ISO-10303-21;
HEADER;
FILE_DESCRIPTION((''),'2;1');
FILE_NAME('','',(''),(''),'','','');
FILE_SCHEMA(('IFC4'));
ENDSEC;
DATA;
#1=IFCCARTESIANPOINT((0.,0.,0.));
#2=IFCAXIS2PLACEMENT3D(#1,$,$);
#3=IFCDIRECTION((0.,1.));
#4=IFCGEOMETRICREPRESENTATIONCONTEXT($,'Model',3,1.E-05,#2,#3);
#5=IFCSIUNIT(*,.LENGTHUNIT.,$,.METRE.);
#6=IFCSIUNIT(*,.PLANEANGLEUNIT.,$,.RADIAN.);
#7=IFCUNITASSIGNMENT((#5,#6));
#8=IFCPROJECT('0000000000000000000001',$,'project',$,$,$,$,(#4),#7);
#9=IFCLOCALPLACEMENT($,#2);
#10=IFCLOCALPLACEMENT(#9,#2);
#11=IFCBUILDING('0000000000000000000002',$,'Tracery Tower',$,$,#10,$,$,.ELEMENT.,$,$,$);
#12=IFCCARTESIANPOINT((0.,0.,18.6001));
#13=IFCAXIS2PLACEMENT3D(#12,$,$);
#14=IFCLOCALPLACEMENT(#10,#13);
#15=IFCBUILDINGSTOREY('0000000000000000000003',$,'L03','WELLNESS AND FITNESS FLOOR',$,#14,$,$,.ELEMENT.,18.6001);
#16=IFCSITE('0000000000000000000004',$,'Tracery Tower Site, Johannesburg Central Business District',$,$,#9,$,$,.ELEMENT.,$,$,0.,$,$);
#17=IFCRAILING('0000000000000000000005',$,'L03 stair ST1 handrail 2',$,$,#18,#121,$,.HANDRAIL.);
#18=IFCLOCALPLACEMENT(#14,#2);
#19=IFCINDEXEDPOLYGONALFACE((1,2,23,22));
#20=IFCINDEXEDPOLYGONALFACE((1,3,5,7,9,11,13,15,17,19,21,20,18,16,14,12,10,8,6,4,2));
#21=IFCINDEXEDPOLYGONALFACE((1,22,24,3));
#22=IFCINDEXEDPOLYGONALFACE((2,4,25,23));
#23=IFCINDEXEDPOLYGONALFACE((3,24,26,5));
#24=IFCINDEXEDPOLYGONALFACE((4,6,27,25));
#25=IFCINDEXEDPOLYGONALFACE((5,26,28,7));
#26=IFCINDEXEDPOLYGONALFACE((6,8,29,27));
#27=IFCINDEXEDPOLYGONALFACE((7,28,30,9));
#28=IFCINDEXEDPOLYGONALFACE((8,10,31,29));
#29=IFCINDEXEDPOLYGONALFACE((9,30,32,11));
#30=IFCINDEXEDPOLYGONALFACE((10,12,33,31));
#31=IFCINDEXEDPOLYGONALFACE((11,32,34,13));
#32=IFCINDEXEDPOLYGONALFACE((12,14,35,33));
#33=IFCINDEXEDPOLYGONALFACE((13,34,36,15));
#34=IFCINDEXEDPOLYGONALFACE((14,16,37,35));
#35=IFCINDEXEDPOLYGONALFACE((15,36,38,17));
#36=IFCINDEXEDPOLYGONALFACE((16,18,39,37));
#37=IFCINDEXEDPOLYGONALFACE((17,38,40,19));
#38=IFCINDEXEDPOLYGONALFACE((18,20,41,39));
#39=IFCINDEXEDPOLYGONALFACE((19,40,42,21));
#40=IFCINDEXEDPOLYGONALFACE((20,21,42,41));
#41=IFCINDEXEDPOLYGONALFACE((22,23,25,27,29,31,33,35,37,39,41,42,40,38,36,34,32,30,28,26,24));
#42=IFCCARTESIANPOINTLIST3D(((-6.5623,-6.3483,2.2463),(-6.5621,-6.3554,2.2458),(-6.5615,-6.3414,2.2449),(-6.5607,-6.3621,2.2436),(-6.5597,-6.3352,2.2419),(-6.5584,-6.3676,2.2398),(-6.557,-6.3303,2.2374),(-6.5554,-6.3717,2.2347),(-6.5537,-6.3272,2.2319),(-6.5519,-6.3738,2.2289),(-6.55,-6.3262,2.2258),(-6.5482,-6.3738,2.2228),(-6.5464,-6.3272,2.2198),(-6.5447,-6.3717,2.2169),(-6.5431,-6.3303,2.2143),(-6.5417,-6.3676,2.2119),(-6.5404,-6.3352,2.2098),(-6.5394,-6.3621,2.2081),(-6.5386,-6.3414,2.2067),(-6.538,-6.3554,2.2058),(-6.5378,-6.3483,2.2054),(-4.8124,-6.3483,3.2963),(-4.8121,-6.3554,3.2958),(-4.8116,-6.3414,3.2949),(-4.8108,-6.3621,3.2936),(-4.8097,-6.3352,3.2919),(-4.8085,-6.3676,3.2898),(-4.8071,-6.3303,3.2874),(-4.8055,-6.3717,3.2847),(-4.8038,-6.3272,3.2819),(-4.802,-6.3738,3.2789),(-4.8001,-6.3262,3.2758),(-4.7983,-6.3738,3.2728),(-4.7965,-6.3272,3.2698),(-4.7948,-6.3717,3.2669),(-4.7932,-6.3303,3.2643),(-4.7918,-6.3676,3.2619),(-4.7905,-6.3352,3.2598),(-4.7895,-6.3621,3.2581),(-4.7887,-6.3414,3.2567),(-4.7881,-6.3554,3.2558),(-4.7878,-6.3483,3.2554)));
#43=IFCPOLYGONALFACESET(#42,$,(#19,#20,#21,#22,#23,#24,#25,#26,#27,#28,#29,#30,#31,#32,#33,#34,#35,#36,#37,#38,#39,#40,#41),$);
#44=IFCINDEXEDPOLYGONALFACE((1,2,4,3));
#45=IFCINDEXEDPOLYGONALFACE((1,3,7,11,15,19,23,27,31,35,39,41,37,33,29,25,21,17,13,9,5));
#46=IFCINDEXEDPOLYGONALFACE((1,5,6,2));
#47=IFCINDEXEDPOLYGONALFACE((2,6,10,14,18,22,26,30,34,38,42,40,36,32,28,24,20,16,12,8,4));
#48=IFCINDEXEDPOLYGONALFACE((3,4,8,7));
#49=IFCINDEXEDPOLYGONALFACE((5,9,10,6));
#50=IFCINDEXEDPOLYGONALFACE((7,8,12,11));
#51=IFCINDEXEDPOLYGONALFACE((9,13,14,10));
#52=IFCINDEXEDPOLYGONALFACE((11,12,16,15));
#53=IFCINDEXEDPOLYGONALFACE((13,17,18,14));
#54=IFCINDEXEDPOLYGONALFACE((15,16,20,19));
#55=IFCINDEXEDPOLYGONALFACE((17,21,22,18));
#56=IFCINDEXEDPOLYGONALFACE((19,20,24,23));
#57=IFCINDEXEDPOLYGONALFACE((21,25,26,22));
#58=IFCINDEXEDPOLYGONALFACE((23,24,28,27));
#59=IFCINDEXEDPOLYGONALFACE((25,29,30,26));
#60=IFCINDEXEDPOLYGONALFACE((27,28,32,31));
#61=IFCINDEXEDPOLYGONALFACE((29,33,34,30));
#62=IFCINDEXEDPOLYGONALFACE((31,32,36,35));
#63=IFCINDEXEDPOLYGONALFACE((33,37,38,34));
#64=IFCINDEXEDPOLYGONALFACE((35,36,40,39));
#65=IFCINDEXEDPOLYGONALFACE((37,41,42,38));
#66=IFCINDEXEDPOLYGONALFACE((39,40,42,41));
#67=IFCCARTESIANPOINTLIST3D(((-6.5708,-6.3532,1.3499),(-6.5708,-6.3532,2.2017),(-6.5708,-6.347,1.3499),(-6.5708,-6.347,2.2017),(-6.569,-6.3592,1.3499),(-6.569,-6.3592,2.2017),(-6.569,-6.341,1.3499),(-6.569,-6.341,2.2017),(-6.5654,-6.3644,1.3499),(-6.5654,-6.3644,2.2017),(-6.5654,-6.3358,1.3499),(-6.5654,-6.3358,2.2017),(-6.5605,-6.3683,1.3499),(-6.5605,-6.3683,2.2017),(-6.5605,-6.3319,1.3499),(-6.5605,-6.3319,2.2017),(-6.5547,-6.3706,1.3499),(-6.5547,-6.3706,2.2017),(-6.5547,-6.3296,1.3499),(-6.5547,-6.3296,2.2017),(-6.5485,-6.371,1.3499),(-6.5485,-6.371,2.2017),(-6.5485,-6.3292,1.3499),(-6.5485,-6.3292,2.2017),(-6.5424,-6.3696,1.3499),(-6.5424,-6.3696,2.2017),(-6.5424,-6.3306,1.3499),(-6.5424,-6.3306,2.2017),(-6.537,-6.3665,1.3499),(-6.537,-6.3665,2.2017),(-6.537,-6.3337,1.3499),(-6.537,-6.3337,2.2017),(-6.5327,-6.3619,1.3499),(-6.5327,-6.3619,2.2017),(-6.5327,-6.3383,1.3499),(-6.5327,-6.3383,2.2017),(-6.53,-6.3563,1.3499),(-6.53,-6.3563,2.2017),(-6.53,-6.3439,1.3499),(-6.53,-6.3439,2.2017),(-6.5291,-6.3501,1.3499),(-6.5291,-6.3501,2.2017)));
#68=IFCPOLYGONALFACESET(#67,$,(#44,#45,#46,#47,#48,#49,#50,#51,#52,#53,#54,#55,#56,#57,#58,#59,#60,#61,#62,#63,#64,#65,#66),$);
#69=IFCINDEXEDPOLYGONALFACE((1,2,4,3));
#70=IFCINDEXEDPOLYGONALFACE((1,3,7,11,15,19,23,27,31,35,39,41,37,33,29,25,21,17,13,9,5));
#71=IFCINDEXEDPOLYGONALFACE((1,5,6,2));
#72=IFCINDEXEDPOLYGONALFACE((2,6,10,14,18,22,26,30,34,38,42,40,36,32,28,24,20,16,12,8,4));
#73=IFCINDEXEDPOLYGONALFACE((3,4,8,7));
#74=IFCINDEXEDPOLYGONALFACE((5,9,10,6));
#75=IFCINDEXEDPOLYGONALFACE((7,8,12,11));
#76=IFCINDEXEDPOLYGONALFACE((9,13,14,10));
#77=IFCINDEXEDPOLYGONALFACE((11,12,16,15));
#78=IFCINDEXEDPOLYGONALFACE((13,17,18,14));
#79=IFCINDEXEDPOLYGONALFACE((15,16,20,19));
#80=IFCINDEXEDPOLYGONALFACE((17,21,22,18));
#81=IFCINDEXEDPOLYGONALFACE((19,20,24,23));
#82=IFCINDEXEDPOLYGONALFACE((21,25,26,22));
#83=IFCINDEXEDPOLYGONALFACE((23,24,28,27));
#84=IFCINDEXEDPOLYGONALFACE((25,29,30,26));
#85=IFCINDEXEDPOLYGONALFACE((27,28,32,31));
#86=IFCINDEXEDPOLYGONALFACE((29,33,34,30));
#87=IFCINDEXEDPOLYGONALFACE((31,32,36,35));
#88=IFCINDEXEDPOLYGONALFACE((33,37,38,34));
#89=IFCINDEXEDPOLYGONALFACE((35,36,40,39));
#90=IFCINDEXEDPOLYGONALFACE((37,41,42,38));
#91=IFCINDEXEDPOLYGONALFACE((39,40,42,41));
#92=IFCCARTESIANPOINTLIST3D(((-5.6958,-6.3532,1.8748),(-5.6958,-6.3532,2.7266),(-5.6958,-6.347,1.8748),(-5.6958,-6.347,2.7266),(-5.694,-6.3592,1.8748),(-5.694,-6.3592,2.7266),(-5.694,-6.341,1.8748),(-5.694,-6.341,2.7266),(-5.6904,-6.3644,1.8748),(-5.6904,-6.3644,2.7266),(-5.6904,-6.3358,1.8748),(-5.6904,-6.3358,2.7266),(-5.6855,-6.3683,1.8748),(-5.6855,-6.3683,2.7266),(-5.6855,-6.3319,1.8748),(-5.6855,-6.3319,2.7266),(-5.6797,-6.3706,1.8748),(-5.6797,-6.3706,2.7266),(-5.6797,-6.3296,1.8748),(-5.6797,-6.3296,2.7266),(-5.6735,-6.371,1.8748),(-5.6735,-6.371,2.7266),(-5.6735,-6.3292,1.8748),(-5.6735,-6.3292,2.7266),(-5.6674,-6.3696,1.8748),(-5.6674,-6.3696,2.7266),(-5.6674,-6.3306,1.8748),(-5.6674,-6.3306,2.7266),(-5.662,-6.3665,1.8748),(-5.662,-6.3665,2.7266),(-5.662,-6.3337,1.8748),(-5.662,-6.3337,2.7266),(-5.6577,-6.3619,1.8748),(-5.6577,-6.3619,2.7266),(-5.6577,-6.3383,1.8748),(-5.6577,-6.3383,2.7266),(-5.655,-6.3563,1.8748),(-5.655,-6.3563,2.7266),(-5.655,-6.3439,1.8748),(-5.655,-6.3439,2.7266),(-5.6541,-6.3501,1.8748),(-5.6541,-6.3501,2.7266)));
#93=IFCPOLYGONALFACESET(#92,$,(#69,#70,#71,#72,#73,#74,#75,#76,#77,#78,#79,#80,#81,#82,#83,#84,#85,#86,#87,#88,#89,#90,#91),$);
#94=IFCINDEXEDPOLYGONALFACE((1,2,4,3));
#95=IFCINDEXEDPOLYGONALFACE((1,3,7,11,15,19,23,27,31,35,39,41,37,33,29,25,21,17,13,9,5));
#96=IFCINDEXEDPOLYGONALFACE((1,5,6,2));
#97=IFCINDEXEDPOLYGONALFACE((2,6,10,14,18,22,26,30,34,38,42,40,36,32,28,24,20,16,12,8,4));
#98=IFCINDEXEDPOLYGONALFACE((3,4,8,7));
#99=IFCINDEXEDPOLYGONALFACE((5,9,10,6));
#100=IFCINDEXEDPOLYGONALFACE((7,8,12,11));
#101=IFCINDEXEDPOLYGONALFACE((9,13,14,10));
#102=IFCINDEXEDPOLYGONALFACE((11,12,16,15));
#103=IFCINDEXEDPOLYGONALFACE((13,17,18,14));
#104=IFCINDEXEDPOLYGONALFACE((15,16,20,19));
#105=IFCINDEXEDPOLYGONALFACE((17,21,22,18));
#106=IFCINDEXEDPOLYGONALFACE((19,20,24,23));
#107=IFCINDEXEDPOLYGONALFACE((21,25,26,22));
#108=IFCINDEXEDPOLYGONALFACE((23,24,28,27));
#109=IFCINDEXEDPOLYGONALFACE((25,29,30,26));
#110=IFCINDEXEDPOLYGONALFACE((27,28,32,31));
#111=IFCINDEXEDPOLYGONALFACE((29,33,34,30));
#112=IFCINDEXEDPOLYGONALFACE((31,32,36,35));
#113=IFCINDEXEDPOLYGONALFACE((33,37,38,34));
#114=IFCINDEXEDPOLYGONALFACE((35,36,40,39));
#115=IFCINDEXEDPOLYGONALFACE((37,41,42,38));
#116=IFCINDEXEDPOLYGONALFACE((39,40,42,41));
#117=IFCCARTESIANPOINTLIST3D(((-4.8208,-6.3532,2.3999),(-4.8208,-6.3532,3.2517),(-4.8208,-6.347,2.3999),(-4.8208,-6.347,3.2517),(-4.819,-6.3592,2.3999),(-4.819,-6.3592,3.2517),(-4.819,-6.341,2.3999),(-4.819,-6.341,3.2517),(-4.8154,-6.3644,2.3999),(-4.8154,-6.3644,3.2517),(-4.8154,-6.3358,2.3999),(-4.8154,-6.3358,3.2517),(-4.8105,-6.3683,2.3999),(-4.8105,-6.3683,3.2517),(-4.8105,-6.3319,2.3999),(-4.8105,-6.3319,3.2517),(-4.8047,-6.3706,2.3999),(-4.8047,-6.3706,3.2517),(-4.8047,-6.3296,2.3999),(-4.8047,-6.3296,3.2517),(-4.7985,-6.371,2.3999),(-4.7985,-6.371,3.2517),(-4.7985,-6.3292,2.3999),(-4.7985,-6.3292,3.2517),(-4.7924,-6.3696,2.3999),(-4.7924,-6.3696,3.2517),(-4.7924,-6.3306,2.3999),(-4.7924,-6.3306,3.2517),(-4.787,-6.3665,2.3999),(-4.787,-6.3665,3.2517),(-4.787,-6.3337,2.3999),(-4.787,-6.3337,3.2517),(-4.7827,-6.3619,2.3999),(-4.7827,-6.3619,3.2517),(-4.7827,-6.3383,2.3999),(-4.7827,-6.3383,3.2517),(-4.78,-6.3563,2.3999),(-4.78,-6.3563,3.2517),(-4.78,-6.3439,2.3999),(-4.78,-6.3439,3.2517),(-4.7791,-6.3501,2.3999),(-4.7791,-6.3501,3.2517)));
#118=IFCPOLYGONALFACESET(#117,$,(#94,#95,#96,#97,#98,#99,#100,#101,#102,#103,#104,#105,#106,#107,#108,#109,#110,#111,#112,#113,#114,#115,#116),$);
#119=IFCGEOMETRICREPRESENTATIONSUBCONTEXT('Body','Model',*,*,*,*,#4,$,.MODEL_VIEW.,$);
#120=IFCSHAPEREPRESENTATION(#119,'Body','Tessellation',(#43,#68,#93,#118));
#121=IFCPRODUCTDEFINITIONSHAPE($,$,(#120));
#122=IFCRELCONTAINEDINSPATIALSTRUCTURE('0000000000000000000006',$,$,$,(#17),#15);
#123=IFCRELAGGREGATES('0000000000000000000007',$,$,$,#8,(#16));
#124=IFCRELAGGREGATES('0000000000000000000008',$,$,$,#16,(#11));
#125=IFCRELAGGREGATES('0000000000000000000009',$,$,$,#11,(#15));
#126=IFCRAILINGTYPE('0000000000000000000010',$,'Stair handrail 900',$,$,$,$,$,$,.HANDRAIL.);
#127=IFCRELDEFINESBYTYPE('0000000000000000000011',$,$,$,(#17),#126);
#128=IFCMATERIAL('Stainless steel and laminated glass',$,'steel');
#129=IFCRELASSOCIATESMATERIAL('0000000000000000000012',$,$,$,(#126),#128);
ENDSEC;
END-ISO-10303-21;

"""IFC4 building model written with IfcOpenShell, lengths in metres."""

from ifc_helpers import new_model, si_unit, direction, frame, origin, origin_2d, place, context, subcontext, project, spatial, circle, extrude, material, type_object, element, save


model = new_model("IFC4")

# Units and contexts
model_context = context("Model", 3, precision=1e-05, world=origin(), true_north=direction((0.0, 1.0)))
body_context = subcontext(model_context, "Body", "Model", "MODEL_VIEW")
ifc_project = project(units=[si_unit("LENGTHUNIT", "METRE"), si_unit("PLANEANGLEUNIT", "RADIAN")], contexts=[model_context])

# Site, building, storey
site_placement = place(None, origin())
site = spatial("IfcSite", under=ifc_project, at=site_placement, Name="Tracery Tower Site, Johannesburg Central Business District", CompositionType="ELEMENT", RefElevation=0.0)
building_placement = place(site_placement, origin())
building = spatial("IfcBuilding", under=site, at=building_placement, Name="Tracery Tower", CompositionType="ELEMENT")
storey_placement = place(building_placement, frame((0.0, 0.0, 18.6001)))
storey = spatial("IfcBuildingStorey", under=building, at=storey_placement, Name="L03", Description="WELLNESS AND FITNESS FLOOR", CompositionType="ELEMENT", Elevation=18.6001)

# Railing
ifc_material_1 = material(Name="Stainless steel and laminated glass", Category="steel")
railing_type_1 = type_object("IfcRailingType", Name="Stair handrail 900", PredefinedType="HANDRAIL", material=ifc_material_1)
railing_1_placement = place(storey_placement, frame((-6.55, -6.3501, 1.3499)))
element("IfcRailing", 1, at=railing_1_placement, inside=storey, type_object=railing_type_1, Name="L03 stair ST1 handrail 2", PredefinedType="HANDRAIL", context=body_context, shape_type="SweptSolid", body=[
    extrude(circle(Radius=0.0239, at=origin_2d()), frame((0.0, 0.0, 0.876), z_axis=(0.857482, 0.0, 0.514513), x_axis=(0.0, 1.0, 0.0)), (0.0, 0.0, 1.0), 2.0408),
    extrude(circle(Radius=0.021, at=origin_2d()), origin(), (0.0, 0.0, 1.0), 0.8518),
    extrude(circle(Radius=0.021, at=origin_2d()), frame((0.875, 0.0, 0.5249)), (0.0, 0.0, 1.0), 0.8518),
    extrude(circle(Radius=0.021, at=origin_2d()), frame((1.75, 0.0, 1.05)), (0.0, 0.0, 1.0), 0.8518),
])

save(model, "model.ifc")
